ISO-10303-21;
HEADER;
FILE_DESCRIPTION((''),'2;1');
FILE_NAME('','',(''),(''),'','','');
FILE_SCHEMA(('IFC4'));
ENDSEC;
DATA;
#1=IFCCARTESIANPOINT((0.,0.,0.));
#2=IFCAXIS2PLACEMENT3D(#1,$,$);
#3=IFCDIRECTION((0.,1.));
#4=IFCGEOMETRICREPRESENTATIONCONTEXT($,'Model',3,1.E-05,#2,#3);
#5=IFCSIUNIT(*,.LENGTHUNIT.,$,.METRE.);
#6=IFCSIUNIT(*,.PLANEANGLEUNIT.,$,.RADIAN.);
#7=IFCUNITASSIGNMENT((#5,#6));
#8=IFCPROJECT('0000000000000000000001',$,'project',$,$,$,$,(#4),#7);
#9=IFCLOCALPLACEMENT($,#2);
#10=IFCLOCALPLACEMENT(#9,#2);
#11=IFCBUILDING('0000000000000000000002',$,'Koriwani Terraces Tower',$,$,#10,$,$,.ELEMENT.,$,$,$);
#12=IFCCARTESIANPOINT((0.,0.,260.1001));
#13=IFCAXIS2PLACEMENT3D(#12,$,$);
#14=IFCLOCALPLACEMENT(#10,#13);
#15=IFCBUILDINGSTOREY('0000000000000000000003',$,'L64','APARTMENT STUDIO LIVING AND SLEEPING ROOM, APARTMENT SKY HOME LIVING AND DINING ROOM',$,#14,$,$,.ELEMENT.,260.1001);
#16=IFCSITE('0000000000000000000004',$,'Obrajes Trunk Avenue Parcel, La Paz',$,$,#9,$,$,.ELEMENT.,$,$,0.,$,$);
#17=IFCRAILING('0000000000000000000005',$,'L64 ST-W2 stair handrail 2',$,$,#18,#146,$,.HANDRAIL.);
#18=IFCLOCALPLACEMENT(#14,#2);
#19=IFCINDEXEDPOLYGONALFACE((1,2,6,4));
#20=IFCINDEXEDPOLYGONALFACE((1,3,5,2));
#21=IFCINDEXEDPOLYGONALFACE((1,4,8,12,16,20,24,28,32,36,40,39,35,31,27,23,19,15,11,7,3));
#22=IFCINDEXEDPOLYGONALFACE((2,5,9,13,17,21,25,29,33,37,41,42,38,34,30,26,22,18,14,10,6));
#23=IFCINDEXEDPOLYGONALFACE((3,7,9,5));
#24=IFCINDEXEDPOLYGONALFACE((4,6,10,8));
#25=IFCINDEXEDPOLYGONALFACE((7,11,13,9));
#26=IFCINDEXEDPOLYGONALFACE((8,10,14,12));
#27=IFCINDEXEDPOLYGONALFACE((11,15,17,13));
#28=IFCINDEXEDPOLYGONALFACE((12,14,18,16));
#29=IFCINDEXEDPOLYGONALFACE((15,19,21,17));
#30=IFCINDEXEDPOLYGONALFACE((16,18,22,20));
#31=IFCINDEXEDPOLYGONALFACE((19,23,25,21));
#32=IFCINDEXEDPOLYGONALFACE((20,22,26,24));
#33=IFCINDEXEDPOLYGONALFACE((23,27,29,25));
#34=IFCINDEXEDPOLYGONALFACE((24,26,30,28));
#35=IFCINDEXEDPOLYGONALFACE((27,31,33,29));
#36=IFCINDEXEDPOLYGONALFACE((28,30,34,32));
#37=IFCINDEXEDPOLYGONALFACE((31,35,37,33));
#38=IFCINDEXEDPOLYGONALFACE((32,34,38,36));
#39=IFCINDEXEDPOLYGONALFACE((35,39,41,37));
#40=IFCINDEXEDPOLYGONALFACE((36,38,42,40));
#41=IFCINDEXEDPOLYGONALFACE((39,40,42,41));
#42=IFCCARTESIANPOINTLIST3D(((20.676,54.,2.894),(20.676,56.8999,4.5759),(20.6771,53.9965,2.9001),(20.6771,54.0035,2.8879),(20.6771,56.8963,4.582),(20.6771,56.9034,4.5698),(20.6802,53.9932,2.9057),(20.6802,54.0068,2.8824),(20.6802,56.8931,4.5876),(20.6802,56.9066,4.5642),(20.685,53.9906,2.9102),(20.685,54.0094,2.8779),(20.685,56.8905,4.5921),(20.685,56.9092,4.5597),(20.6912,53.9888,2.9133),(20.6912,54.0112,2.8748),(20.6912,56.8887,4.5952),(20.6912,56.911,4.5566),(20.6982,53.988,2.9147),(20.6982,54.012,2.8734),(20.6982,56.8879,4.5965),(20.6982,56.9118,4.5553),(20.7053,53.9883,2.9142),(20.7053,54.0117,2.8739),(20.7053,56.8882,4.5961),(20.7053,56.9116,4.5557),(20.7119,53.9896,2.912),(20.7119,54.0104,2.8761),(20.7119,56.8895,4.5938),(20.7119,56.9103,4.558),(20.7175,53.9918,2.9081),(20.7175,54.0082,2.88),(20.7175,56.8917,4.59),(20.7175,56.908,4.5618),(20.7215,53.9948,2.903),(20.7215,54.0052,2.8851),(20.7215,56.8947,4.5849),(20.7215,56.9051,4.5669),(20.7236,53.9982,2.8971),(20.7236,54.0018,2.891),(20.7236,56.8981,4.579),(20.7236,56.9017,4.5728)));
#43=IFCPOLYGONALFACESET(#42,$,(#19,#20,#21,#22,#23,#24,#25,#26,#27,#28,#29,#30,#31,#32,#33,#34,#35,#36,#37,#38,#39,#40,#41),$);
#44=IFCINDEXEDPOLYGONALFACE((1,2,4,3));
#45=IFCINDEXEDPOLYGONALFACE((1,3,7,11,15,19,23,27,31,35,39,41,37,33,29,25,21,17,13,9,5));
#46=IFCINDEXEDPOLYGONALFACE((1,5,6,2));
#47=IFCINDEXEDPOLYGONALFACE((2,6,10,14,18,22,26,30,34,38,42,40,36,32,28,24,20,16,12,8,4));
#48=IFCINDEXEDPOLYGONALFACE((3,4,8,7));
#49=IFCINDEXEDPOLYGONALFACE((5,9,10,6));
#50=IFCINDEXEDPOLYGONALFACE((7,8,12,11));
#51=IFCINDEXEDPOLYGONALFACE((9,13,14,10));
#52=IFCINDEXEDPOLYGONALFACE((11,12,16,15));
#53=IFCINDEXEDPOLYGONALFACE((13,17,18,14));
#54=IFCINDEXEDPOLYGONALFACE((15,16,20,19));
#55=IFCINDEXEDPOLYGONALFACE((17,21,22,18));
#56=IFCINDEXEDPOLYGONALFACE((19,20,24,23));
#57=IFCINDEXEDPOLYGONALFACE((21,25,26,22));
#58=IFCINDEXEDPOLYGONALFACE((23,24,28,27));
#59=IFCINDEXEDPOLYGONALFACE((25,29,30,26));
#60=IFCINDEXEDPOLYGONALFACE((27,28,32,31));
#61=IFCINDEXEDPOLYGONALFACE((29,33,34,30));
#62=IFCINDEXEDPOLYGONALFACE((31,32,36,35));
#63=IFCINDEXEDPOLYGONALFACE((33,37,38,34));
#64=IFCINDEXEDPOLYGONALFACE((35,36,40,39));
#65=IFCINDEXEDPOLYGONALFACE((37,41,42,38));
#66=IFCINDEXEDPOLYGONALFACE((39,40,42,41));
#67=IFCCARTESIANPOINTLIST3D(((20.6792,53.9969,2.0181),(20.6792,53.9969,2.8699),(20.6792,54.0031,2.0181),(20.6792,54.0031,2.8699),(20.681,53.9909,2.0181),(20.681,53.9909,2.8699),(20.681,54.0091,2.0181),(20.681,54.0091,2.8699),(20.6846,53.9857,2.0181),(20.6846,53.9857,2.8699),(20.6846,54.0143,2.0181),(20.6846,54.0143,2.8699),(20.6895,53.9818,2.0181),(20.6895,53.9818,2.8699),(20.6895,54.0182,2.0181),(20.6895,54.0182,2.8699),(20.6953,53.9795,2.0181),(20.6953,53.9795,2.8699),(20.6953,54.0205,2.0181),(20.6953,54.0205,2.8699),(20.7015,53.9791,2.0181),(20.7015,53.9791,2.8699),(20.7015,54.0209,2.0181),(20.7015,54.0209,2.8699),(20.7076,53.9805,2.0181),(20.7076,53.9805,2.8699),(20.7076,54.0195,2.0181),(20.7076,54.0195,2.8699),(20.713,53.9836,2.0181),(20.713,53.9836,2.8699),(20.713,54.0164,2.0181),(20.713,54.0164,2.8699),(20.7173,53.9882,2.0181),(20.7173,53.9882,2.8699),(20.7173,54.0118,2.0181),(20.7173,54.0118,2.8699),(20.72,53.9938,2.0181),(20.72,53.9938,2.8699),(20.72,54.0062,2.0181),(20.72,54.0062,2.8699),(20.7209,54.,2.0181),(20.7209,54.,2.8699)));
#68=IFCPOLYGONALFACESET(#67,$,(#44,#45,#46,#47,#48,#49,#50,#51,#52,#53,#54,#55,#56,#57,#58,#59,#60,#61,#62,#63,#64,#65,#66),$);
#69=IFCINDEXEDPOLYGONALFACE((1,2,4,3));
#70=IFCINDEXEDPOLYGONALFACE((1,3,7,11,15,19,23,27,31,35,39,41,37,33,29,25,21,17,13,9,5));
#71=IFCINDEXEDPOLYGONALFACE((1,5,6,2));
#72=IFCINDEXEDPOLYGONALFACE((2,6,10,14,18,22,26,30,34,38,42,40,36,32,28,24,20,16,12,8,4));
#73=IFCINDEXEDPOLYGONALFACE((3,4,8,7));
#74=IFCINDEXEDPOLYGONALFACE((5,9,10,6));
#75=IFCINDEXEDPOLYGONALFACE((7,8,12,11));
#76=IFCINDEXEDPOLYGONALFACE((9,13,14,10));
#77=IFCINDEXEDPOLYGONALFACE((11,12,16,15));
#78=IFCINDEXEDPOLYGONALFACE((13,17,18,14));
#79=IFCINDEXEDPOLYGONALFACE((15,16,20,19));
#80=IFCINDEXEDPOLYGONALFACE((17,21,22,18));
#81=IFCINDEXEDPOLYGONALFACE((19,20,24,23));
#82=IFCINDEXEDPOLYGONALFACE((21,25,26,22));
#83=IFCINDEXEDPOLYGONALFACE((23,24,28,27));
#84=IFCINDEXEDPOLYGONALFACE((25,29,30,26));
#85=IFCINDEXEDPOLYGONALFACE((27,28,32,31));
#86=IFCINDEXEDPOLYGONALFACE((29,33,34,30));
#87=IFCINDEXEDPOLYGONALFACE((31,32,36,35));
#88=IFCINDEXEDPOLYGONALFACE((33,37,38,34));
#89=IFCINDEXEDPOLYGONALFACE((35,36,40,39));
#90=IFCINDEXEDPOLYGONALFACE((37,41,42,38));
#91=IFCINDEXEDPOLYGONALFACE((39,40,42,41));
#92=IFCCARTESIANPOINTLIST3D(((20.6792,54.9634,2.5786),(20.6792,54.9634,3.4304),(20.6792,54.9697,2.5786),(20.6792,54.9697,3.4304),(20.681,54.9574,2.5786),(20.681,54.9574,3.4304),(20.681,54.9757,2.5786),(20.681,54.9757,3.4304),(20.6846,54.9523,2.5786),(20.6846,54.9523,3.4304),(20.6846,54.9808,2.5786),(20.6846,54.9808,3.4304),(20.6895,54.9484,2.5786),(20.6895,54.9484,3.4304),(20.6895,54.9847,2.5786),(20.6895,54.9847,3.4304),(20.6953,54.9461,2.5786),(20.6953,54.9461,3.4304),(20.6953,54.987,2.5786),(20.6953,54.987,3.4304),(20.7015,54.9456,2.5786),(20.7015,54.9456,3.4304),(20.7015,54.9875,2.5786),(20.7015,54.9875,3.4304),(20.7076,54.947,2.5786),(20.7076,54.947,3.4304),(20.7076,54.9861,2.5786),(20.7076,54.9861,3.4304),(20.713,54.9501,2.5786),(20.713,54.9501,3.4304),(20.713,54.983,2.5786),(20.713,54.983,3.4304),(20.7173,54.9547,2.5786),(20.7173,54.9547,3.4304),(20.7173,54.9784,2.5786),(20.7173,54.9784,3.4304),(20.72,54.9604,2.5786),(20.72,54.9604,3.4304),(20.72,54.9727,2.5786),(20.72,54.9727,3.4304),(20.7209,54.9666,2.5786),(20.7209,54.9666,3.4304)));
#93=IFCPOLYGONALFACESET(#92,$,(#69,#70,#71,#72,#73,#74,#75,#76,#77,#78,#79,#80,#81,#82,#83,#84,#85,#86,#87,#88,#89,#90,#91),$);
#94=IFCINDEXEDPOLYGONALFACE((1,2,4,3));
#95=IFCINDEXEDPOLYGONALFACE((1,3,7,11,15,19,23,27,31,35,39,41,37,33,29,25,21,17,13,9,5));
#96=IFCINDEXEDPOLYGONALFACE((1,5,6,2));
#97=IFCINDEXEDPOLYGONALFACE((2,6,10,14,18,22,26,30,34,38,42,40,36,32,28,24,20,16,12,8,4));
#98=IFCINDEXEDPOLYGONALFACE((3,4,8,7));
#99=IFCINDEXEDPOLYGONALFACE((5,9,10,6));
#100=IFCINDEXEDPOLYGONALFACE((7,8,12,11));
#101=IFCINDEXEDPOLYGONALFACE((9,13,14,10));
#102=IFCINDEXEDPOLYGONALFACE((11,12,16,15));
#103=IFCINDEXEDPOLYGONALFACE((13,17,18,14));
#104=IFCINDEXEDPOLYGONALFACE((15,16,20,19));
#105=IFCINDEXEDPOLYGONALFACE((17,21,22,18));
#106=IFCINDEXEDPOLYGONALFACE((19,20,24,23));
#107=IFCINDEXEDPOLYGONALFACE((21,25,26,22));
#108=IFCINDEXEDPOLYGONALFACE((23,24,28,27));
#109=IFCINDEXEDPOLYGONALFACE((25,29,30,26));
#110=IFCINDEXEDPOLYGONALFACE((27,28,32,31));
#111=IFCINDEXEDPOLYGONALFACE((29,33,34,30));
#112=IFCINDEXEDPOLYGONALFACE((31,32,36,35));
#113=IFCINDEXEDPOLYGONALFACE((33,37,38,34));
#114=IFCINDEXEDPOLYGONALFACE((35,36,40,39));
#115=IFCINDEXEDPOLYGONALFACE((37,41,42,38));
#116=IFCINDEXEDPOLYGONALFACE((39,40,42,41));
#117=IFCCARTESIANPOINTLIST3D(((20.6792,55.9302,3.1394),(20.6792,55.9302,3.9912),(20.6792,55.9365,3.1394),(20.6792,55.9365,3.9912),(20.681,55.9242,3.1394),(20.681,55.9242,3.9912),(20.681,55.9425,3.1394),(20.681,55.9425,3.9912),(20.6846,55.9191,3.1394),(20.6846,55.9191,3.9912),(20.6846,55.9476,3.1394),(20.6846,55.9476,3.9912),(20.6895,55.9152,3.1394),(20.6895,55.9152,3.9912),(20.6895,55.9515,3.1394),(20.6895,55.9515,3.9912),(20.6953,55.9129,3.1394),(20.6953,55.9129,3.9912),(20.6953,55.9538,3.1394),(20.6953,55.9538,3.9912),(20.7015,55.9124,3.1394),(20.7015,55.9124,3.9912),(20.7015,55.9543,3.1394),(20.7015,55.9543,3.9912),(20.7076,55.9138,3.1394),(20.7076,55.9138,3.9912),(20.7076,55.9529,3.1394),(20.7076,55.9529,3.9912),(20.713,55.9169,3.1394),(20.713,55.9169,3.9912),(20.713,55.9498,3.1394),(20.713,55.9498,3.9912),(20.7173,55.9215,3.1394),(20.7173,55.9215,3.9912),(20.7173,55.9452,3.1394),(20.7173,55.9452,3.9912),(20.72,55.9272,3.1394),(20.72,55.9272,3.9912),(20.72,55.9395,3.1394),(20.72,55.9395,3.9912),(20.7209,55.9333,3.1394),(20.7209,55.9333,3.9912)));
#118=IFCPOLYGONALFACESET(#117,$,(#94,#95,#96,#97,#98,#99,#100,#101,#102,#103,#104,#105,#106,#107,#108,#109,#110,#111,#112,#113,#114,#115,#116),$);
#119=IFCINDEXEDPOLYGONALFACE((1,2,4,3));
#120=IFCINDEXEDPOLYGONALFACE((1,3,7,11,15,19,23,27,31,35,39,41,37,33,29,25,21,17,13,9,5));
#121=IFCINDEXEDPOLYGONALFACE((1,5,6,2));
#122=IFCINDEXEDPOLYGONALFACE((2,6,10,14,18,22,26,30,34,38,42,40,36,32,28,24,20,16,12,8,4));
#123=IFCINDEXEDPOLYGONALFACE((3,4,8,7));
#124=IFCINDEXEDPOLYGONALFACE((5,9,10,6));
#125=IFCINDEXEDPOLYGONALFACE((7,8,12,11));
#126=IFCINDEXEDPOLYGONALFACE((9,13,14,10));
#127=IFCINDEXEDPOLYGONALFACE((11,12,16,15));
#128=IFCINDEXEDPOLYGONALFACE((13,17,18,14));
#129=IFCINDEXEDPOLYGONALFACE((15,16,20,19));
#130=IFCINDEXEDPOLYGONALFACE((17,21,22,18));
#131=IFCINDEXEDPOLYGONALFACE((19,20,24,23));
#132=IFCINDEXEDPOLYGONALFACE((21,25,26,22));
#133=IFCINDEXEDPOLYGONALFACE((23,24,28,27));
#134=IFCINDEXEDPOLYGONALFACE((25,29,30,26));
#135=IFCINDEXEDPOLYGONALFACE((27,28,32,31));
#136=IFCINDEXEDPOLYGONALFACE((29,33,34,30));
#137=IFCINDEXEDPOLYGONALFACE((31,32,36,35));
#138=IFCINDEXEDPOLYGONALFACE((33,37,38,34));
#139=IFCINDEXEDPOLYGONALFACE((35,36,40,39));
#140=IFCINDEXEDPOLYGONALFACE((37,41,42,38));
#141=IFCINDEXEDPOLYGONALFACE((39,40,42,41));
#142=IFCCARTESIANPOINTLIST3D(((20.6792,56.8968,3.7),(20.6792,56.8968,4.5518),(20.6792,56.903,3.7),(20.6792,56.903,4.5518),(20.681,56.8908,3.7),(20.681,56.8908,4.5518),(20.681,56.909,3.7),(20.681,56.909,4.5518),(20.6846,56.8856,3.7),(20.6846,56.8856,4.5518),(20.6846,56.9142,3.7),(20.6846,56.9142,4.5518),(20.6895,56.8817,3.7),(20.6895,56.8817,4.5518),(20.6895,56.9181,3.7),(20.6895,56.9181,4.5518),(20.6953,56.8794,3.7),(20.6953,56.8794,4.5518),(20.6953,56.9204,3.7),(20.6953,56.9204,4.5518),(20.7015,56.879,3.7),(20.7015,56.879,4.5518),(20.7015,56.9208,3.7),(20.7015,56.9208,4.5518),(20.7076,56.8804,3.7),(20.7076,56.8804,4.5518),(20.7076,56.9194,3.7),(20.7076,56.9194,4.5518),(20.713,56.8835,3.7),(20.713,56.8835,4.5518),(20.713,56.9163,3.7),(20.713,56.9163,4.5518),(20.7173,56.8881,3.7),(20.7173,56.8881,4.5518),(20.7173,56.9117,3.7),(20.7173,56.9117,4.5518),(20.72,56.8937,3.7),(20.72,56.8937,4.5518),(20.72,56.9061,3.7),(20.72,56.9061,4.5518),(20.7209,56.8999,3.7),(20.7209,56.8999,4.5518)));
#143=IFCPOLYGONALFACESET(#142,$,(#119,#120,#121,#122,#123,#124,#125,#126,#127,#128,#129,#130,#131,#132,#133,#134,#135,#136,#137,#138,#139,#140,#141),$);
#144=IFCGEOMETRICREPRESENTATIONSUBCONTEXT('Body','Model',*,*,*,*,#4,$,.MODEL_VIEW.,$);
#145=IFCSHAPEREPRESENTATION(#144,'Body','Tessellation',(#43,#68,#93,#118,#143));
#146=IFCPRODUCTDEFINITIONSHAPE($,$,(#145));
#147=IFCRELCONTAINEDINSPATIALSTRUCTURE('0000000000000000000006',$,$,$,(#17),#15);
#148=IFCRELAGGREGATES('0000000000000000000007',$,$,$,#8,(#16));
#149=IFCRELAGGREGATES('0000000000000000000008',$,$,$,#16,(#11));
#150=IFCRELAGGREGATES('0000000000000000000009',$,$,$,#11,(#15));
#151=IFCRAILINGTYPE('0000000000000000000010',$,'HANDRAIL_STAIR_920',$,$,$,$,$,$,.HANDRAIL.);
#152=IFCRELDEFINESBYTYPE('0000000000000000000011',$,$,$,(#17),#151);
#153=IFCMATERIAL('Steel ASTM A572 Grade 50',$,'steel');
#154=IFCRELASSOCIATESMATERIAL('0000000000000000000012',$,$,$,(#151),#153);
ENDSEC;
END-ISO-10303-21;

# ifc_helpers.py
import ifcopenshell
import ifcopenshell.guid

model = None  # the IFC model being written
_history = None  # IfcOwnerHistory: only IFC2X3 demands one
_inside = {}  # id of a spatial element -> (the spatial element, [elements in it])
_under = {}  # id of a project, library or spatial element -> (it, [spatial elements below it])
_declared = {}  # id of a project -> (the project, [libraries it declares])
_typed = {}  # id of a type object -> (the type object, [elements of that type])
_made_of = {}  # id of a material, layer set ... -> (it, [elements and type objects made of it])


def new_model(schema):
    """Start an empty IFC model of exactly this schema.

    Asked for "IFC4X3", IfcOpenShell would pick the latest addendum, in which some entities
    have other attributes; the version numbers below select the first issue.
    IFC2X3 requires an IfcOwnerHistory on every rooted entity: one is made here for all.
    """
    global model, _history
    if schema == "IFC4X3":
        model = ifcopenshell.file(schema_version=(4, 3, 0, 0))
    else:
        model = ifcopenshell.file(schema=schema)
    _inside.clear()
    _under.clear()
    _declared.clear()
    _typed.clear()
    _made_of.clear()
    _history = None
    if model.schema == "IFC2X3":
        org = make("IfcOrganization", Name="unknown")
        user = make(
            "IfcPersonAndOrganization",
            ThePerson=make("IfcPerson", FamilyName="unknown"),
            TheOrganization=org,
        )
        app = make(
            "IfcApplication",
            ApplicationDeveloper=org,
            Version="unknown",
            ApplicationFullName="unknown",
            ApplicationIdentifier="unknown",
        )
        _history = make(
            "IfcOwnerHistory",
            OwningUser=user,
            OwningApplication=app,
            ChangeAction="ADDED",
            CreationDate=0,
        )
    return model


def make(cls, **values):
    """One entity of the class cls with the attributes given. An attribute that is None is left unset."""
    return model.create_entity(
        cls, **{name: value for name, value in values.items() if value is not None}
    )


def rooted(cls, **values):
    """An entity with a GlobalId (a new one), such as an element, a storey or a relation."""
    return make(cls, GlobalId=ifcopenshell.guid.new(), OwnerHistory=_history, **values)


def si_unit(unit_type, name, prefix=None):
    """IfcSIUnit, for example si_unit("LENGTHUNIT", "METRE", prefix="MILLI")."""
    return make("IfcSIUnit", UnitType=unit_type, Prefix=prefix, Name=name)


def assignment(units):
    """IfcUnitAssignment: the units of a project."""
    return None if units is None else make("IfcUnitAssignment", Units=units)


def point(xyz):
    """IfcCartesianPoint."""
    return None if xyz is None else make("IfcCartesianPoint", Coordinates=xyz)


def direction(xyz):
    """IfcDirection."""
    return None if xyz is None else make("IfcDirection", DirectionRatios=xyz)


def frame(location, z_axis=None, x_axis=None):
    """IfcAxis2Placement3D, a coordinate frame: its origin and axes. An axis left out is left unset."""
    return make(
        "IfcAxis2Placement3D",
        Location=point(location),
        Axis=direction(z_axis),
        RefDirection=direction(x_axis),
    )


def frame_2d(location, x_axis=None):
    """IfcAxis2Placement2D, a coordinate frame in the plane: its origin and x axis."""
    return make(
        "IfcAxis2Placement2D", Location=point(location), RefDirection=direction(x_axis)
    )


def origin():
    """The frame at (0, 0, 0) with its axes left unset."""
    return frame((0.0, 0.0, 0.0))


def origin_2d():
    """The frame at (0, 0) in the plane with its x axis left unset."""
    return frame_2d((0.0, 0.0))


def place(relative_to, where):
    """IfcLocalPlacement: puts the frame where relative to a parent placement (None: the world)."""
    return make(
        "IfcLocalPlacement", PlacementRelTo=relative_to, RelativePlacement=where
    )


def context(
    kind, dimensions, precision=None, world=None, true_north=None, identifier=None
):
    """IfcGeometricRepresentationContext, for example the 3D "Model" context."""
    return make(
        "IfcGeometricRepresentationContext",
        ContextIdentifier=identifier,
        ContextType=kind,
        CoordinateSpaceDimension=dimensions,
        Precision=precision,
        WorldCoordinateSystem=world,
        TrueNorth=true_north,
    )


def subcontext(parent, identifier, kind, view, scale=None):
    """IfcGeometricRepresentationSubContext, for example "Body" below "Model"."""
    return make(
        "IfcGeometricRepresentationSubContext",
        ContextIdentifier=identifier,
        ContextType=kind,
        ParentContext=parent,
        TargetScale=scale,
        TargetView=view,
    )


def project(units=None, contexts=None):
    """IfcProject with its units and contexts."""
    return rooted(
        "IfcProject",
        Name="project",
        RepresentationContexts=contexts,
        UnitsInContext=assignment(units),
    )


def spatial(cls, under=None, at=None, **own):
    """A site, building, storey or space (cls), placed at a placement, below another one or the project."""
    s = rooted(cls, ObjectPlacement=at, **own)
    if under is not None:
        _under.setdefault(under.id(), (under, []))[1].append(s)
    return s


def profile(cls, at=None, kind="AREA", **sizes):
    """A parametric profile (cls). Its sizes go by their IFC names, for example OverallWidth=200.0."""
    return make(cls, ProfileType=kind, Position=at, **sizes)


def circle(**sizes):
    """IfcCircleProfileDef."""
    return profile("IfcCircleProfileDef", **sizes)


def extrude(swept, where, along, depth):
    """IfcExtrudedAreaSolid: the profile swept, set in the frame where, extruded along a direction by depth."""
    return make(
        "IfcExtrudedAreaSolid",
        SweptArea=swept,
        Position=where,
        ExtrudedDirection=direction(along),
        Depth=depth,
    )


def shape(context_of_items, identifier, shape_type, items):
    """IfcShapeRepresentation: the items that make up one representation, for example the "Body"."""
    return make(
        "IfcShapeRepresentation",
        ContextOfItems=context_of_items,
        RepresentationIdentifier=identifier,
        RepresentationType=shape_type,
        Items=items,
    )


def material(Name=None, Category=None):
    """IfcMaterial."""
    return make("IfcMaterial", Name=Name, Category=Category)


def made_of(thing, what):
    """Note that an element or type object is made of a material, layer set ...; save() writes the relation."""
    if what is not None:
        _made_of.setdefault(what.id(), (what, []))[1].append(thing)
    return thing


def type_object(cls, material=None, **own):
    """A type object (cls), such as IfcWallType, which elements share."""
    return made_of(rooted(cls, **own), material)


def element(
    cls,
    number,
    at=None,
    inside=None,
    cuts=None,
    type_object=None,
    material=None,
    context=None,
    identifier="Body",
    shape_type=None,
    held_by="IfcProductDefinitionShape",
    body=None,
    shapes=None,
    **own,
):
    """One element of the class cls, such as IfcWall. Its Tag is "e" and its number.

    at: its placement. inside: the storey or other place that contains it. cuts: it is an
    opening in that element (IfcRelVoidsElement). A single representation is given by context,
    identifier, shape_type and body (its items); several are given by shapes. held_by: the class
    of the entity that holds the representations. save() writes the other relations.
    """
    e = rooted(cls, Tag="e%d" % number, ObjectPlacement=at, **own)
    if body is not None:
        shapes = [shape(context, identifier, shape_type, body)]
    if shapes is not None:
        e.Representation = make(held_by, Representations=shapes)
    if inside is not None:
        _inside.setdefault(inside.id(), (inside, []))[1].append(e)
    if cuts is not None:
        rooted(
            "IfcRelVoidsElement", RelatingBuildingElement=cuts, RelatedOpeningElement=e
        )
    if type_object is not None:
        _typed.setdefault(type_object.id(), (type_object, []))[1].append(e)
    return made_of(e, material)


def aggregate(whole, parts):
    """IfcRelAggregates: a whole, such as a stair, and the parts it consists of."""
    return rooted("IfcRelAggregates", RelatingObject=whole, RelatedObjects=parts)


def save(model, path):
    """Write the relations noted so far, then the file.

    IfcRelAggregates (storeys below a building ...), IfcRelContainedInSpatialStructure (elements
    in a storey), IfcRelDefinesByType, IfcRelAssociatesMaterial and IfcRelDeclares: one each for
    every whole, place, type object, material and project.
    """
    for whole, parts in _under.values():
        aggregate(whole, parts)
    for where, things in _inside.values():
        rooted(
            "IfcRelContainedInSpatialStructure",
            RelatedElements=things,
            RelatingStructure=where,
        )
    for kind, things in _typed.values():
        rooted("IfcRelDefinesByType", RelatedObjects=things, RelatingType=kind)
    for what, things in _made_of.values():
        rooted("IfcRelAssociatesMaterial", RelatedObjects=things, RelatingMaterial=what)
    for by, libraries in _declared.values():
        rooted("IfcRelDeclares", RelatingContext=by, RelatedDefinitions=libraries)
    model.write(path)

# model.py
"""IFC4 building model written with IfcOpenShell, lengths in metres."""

from ifc_helpers import new_model, si_unit, direction, frame, origin, origin_2d, place, context, subcontext, project, spatial, circle, extrude, material, type_object, element, save


model = new_model("IFC4")

# Units and contexts
model_context = context("Model", 3, precision=1e-05, world=origin(), true_north=direction((0.0, 1.0)))
body_context = subcontext(model_context, "Body", "Model", "MODEL_VIEW")
ifc_project = project(units=[si_unit("LENGTHUNIT", "METRE"), si_unit("PLANEANGLEUNIT", "RADIAN")], contexts=[model_context])

# Site, building, storey
site_placement = place(None, origin())
site = spatial("IfcSite", under=ifc_project, at=site_placement, Name="Obrajes Trunk Avenue Parcel, La Paz", CompositionType="ELEMENT", RefElevation=0.0)
building_placement = place(site_placement, origin())
building = spatial("IfcBuilding", under=site, at=building_placement, Name="Koriwani Terraces Tower", CompositionType="ELEMENT")
storey_placement = place(building_placement, frame((0.0, 0.0, 260.1001)))
storey = spatial("IfcBuildingStorey", under=building, at=storey_placement, Name="L64", Description="APARTMENT STUDIO LIVING AND SLEEPING ROOM, APARTMENT SKY HOME LIVING AND DINING ROOM", CompositionType="ELEMENT", Elevation=260.1001)

# Shared definitions
ifc_material_1 = material(Name="Steel ASTM A572 Grade 50", Category="steel")

# Railing
railing_type = type_object("IfcRailingType", Name="HANDRAIL_STAIR_920", PredefinedType="HANDRAIL", material=ifc_material_1)
railing_placement = place(storey_placement, frame((20.7, 54.0, 2.0181)))
element("IfcRailing", 1, at=railing_placement, inside=storey, type_object=railing_type, Name="L64 ST-W2 stair handrail 2", PredefinedType="HANDRAIL", context=body_context, shape_type="SweptSolid", body=[
    extrude(circle(Radius=0.0239, at=origin_2d()), frame((0.0, 0.0, 0.876), z_axis=(0.0, 0.865039, 0.501705), x_axis=(-1.0, 0.0, 0.0)), (0.0, 0.0, 1.0), 3.3523),
    extrude(circle(Radius=0.021, at=origin_2d()), origin(), (0.0, 0.0, 1.0), 0.8518),
    extrude(circle(Radius=0.021, at=origin_2d()), frame((0.0, 0.9666, 0.5605)), (0.0, 0.0, 1.0), 0.8518),
    extrude(circle(Radius=0.021, at=origin_2d()), frame((0.0, 1.9333, 1.1213)), (0.0, 0.0, 1.0), 0.8518),
    extrude(circle(Radius=0.021, at=origin_2d()), frame((0.0, 2.8999, 1.6819)), (0.0, 0.0, 1.0), 0.8518),
])

save(model, "model.ifc")
